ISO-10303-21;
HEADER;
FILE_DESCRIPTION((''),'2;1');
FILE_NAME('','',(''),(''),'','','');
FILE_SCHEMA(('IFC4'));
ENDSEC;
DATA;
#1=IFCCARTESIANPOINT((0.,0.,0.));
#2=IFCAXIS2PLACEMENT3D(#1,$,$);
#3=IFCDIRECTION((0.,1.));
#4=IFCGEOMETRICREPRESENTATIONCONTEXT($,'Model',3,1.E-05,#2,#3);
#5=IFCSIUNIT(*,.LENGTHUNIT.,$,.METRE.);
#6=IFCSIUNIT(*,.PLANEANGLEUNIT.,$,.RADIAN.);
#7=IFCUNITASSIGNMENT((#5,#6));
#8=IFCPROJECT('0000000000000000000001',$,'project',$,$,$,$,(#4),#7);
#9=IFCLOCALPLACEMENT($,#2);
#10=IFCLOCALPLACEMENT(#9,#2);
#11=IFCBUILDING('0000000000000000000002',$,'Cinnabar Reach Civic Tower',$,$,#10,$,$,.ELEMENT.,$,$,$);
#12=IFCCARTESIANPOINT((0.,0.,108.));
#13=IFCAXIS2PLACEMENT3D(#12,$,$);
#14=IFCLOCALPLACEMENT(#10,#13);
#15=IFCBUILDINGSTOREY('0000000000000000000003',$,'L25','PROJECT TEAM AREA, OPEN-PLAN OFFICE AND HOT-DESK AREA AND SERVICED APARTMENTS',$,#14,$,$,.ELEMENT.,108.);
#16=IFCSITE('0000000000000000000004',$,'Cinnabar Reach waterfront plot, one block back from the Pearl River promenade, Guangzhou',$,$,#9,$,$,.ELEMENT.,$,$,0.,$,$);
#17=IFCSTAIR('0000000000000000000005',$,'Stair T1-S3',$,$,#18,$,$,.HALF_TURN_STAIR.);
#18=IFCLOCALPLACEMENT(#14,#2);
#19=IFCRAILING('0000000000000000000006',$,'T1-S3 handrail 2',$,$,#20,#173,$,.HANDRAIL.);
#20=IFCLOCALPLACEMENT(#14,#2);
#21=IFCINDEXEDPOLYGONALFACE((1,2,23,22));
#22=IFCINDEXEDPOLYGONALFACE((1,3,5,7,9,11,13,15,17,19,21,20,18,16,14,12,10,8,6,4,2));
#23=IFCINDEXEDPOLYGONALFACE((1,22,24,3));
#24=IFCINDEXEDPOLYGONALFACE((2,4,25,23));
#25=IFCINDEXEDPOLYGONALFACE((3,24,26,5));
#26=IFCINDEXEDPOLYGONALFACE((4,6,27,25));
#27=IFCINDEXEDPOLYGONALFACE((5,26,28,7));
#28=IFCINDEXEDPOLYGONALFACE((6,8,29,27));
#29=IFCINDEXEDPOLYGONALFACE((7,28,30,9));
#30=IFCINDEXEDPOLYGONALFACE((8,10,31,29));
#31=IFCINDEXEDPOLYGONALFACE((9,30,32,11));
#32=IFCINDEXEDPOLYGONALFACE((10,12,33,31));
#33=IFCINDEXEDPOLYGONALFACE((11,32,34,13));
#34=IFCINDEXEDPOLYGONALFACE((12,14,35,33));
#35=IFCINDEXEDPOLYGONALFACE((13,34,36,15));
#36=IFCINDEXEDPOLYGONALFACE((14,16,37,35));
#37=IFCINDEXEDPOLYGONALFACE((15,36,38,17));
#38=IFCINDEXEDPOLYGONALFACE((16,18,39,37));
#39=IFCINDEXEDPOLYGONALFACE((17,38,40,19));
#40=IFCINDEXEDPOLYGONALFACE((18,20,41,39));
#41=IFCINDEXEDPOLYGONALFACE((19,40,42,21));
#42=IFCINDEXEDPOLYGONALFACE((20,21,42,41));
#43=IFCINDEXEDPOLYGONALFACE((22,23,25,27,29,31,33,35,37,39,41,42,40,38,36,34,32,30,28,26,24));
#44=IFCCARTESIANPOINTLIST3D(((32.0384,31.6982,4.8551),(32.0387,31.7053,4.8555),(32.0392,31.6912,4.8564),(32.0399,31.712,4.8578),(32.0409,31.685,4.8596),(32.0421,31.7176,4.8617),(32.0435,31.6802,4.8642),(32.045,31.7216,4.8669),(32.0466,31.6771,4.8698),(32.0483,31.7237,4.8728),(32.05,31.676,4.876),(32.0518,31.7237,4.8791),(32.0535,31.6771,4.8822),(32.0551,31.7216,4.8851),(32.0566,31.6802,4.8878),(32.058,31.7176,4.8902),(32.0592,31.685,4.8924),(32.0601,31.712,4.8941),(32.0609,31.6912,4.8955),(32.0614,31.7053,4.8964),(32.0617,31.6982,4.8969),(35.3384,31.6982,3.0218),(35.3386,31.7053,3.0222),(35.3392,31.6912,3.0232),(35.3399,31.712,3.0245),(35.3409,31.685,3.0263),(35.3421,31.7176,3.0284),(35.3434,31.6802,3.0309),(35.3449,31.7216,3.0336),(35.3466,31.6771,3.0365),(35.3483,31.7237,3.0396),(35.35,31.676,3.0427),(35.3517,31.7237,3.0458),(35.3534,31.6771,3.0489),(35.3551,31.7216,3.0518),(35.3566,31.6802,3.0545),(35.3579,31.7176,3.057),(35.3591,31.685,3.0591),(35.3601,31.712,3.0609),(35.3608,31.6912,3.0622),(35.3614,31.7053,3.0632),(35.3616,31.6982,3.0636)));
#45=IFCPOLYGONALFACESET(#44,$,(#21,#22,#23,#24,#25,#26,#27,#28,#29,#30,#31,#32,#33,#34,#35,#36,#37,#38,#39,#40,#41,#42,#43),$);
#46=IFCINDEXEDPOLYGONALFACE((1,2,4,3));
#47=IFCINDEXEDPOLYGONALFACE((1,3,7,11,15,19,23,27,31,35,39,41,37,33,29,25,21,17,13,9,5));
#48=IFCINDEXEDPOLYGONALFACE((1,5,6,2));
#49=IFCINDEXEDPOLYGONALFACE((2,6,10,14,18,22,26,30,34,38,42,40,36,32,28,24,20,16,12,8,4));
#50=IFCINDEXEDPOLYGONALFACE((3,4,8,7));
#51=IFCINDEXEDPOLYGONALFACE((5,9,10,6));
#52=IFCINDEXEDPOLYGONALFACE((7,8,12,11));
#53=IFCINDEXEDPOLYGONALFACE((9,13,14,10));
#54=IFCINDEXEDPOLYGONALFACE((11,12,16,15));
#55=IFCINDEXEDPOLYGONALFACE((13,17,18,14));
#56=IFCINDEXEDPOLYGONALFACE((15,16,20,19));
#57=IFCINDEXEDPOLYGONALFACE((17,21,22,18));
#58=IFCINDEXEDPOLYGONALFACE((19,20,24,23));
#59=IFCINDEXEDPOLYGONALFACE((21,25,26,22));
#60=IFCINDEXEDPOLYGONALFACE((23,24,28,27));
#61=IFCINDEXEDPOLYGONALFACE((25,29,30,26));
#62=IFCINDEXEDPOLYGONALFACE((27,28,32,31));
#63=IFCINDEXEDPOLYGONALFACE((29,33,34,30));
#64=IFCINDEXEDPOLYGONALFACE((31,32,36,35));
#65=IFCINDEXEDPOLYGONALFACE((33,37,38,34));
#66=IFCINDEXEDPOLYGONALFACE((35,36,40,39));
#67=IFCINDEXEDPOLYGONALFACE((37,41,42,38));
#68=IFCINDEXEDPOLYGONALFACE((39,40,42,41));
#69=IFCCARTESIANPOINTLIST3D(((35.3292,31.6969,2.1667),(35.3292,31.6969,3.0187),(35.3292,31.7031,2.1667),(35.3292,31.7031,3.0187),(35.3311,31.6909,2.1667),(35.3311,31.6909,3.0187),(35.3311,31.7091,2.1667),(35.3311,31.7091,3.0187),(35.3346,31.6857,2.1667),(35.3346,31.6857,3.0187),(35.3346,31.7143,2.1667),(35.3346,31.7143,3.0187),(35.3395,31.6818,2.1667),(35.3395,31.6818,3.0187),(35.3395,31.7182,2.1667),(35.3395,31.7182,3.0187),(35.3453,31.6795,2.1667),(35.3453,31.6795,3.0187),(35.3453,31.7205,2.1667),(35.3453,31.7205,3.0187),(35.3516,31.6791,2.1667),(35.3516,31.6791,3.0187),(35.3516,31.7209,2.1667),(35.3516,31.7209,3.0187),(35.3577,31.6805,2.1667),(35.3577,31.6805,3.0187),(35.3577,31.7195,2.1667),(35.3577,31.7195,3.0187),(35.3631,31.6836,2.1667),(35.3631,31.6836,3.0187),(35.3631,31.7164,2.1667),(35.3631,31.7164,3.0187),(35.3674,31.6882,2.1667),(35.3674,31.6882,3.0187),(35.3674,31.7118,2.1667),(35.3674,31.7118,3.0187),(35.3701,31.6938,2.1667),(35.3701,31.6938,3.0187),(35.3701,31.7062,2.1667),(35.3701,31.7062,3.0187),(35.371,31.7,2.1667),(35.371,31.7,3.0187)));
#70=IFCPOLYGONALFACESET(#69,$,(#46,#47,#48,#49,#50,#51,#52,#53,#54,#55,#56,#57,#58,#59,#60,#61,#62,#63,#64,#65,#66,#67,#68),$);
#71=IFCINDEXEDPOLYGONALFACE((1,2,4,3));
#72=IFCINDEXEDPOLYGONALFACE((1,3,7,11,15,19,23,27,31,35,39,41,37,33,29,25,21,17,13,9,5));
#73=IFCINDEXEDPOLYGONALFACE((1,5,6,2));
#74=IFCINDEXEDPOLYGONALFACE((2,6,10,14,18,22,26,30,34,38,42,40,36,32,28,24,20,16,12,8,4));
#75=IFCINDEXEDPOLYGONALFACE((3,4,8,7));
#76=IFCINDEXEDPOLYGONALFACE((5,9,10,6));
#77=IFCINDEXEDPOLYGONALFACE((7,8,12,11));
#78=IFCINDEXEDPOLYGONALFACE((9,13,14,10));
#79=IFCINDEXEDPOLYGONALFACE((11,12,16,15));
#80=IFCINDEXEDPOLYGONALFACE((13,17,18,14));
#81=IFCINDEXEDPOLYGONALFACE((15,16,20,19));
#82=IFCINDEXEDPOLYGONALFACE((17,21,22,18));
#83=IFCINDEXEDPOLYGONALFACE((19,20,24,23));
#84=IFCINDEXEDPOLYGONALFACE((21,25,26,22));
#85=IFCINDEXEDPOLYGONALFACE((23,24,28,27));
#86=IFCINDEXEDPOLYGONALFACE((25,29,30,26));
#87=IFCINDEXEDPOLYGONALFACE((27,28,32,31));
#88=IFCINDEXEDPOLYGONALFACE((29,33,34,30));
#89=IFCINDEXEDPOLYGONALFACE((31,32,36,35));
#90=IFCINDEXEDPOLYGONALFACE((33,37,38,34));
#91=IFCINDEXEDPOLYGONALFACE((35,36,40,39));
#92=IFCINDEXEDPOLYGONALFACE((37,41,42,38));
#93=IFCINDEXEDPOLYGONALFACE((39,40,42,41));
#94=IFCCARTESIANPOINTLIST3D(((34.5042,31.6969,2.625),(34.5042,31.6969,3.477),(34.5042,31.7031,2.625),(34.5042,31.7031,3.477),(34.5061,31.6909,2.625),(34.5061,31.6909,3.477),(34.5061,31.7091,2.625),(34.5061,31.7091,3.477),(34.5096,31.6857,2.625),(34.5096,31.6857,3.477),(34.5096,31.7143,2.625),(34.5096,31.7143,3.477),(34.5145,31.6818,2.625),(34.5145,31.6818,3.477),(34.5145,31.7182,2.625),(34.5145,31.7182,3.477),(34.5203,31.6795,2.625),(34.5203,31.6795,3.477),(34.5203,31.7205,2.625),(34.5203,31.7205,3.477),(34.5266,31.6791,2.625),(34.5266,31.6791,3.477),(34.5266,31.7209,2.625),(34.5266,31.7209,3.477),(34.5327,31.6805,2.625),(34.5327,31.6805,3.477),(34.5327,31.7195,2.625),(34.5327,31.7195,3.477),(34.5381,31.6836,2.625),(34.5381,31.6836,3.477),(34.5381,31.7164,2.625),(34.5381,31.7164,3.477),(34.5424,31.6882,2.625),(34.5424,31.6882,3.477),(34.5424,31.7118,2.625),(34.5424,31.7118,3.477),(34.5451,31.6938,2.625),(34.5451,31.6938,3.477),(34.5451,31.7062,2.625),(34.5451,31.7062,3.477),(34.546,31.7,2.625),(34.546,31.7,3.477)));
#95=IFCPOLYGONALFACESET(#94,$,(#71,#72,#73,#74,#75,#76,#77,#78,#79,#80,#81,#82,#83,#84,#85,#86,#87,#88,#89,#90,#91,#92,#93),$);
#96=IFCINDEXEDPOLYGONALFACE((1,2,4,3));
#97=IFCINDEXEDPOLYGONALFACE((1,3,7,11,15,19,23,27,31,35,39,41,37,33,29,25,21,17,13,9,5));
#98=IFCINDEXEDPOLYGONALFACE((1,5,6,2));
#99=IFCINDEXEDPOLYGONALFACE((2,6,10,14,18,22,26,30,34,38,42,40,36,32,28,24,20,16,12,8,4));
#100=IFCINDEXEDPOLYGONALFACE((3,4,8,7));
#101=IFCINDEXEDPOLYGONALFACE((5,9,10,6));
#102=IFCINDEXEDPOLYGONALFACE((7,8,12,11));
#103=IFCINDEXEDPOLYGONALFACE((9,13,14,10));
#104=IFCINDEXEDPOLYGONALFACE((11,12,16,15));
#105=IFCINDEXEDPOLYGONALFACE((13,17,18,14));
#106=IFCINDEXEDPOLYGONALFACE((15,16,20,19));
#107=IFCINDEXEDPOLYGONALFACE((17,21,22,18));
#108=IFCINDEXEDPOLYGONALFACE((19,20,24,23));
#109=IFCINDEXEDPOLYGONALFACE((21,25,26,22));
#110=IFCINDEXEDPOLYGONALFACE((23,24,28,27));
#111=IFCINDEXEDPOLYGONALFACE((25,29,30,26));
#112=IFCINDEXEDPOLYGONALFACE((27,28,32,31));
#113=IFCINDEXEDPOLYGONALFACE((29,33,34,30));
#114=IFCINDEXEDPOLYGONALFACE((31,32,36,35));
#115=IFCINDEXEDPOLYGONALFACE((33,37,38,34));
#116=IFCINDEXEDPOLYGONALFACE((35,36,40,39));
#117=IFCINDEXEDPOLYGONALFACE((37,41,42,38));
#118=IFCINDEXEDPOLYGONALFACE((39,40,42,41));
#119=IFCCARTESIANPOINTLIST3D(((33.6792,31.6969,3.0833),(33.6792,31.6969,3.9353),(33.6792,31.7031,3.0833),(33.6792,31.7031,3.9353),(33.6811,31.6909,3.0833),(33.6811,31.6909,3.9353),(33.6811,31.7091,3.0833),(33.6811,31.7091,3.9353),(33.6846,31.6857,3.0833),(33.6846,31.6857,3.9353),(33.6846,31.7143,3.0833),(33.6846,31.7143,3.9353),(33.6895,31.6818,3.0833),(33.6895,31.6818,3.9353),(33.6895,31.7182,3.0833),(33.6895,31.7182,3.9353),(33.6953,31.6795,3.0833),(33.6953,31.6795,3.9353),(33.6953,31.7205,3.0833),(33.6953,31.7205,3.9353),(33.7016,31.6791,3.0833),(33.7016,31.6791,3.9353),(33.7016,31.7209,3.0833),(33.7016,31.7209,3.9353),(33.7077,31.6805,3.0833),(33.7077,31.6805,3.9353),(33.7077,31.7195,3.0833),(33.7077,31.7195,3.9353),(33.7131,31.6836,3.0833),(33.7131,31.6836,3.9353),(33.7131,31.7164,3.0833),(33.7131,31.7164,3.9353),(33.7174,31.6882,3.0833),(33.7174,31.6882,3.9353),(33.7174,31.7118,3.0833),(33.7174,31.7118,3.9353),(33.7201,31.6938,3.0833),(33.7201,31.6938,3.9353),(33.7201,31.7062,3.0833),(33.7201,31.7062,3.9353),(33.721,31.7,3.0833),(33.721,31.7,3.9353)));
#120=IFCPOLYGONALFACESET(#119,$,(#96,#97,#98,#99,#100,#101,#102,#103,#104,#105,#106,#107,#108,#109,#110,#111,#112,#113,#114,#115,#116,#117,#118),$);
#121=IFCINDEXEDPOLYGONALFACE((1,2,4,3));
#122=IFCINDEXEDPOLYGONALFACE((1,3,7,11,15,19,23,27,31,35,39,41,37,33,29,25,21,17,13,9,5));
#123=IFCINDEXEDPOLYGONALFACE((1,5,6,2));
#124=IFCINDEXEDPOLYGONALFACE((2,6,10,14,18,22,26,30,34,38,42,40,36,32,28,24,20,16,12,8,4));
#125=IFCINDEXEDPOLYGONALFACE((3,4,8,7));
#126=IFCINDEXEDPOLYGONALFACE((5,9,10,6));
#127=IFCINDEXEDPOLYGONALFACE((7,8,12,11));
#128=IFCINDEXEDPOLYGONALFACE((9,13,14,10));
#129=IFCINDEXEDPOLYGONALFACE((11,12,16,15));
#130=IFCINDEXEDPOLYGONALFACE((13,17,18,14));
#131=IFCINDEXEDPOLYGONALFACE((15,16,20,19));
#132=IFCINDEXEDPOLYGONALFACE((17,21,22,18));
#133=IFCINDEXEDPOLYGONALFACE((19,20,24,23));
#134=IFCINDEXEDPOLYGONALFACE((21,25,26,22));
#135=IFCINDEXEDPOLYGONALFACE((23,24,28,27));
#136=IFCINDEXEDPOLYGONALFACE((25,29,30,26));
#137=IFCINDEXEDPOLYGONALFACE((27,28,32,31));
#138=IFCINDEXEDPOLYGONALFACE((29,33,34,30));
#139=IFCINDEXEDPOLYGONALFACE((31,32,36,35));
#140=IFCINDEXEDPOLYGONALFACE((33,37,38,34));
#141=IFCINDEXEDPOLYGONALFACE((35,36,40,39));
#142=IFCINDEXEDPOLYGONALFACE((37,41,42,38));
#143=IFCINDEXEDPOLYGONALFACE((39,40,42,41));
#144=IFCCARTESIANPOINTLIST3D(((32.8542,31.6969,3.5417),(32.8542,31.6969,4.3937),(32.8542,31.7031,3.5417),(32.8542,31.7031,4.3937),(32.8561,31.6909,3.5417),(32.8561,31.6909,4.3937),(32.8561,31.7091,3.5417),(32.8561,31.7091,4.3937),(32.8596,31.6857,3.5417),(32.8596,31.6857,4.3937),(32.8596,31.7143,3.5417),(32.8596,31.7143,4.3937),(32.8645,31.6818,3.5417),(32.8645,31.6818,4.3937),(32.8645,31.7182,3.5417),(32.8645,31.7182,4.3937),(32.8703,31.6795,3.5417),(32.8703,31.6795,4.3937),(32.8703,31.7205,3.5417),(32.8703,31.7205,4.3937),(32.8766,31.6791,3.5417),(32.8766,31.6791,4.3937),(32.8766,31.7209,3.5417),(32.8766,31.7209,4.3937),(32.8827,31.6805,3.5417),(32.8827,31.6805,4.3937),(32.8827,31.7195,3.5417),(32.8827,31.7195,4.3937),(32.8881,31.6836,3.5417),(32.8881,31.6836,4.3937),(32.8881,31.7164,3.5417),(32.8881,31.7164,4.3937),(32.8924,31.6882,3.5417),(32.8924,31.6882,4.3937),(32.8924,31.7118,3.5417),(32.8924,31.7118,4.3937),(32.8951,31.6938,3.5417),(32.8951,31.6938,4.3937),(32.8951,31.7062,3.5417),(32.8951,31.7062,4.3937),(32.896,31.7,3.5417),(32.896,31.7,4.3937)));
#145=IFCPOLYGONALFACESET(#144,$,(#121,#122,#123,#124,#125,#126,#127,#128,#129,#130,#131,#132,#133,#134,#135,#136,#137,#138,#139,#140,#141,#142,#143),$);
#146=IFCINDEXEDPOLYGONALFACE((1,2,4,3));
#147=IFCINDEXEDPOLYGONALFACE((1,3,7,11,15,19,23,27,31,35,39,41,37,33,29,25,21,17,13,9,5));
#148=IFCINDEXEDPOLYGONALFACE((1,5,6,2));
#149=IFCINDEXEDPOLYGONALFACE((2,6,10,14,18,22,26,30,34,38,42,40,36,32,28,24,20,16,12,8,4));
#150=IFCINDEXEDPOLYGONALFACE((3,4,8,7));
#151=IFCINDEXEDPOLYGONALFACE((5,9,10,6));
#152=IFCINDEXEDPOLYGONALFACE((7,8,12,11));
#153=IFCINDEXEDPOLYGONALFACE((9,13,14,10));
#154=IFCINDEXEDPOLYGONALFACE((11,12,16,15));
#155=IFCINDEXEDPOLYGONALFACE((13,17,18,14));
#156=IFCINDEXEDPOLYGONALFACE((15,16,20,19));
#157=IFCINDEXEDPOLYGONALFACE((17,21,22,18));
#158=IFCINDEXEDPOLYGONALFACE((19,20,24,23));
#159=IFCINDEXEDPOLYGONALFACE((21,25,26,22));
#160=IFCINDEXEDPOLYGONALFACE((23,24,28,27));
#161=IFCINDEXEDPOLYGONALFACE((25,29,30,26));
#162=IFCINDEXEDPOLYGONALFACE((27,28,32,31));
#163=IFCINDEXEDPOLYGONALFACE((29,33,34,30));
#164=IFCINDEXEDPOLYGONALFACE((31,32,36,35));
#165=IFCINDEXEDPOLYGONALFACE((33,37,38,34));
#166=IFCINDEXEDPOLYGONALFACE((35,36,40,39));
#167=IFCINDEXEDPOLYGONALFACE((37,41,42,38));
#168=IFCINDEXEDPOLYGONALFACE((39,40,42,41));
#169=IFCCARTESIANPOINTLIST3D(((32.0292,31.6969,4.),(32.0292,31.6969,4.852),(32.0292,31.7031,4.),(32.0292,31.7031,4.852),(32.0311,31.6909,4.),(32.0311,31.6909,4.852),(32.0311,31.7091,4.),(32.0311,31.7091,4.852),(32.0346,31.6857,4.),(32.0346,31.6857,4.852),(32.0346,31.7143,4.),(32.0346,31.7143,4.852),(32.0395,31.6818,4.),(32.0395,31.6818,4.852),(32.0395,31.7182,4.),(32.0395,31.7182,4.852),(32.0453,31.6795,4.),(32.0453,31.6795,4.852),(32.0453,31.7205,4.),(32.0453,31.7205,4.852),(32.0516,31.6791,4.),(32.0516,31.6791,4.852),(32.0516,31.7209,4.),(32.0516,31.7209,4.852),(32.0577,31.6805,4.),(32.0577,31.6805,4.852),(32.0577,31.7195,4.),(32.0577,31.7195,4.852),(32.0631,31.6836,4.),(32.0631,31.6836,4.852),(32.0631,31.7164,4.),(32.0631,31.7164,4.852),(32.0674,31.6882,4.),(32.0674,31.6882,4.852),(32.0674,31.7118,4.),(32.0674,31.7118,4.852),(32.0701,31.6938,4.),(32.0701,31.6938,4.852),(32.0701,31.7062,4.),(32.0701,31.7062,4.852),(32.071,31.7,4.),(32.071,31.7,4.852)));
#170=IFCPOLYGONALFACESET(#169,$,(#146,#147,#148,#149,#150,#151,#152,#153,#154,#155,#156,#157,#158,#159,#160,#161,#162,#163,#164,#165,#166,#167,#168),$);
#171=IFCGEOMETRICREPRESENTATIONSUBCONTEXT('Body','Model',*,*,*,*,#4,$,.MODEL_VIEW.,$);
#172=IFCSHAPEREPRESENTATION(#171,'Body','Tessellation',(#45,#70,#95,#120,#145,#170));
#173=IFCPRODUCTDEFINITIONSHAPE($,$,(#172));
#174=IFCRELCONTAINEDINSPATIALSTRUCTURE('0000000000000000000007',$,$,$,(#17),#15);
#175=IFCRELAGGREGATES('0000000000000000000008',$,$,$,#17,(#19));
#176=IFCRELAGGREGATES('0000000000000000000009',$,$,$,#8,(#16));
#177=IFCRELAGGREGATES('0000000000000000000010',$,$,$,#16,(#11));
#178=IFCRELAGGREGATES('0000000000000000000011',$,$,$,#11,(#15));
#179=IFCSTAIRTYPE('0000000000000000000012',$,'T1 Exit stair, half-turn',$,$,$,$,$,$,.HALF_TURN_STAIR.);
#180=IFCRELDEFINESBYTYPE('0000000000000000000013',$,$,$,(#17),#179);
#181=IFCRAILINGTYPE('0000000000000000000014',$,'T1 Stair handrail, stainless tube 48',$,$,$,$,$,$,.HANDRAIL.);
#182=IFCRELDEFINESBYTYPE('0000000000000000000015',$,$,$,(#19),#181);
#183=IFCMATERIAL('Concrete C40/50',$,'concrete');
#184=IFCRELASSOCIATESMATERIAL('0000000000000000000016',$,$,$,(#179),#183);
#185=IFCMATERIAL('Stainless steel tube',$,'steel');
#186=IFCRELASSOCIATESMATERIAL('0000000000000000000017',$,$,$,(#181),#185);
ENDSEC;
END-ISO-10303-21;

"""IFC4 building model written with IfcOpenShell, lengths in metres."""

from ifc_helpers import new_model, si_unit, direction, frame, origin, origin_2d, place, context, subcontext, project, spatial, circle, extrude, material, type_object, element, aggregate, save


model = new_model("IFC4")

# Units and contexts
model_context = context("Model", 3, precision=1e-05, world=origin(), true_north=direction((0.0, 1.0)))
body_context = subcontext(model_context, "Body", "Model", "MODEL_VIEW")
ifc_project = project(units=[si_unit("LENGTHUNIT", "METRE"), si_unit("PLANEANGLEUNIT", "RADIAN")], contexts=[model_context])

# Site, building, storey
site_placement = place(None, origin())
site = spatial("IfcSite", under=ifc_project, at=site_placement, Name="Cinnabar Reach waterfront plot, one block back from the Pearl River promenade, Guangzhou", CompositionType="ELEMENT", RefElevation=0.0)
building_placement = place(site_placement, origin())
building = spatial("IfcBuilding", under=site, at=building_placement, Name="Cinnabar Reach Civic Tower", CompositionType="ELEMENT")
storey_placement = place(building_placement, frame((0.0, 0.0, 108.0)))
storey = spatial("IfcBuildingStorey", under=building, at=storey_placement, Name="L25", Description="PROJECT TEAM AREA, OPEN-PLAN OFFICE AND HOT-DESK AREA AND SERVICED APARTMENTS", CompositionType="ELEMENT", Elevation=108.0)

# Stair, railing
ifc_material_1 = material(Name="Concrete C40/50", Category="concrete")
stair_type = type_object("IfcStairType", Name="T1 Exit stair, half-turn", PredefinedType="HALF_TURN_STAIR", material=ifc_material_1)
stair_placement = place(storey_placement, origin())
stair = element("IfcStair", 1, at=stair_placement, inside=storey, type_object=stair_type, Name="Stair T1-S3", PredefinedType="HALF_TURN_STAIR")
ifc_material_2 = material(Name="Stainless steel tube", Category="steel")
railing_type = type_object("IfcRailingType", Name="T1 Stair handrail, stainless tube 48", PredefinedType="HANDRAIL", material=ifc_material_2)
railing_1_placement = place(storey_placement, frame((35.35, 31.7, 2.1667)))
railing_1 = element("IfcRailing", 2, at=railing_1_placement, type_object=railing_type, Name="T1-S3 handrail 2", PredefinedType="HANDRAIL", context=body_context, shape_type="SweptSolid", body=[
    extrude(circle(Radius=0.024, at=origin_2d()), frame((0.0, 0.0, 0.876), z_axis=(-0.874161, 0.0, 0.485636), x_axis=(0.0, -1.0, 0.0)), (0.0, 0.0, 1.0), 3.775),
    extrude(circle(Radius=0.021, at=origin_2d()), origin(), (0.0, 0.0, 1.0), 0.852),
    extrude(circle(Radius=0.021, at=origin_2d()), frame((-0.825, 0.0, 0.4583)), (0.0, 0.0, 1.0), 0.852),
    extrude(circle(Radius=0.021, at=origin_2d()), frame((-1.65, 0.0, 0.9166)), (0.0, 0.0, 1.0), 0.852),
    extrude(circle(Radius=0.021, at=origin_2d()), frame((-2.475, 0.0, 1.375)), (0.0, 0.0, 1.0), 0.852),
    extrude(circle(Radius=0.021, at=origin_2d()), frame((-3.3, 0.0, 1.8333)), (0.0, 0.0, 1.0), 0.852),
])
aggregate(stair, [railing_1])

save(model, "model.ifc")
